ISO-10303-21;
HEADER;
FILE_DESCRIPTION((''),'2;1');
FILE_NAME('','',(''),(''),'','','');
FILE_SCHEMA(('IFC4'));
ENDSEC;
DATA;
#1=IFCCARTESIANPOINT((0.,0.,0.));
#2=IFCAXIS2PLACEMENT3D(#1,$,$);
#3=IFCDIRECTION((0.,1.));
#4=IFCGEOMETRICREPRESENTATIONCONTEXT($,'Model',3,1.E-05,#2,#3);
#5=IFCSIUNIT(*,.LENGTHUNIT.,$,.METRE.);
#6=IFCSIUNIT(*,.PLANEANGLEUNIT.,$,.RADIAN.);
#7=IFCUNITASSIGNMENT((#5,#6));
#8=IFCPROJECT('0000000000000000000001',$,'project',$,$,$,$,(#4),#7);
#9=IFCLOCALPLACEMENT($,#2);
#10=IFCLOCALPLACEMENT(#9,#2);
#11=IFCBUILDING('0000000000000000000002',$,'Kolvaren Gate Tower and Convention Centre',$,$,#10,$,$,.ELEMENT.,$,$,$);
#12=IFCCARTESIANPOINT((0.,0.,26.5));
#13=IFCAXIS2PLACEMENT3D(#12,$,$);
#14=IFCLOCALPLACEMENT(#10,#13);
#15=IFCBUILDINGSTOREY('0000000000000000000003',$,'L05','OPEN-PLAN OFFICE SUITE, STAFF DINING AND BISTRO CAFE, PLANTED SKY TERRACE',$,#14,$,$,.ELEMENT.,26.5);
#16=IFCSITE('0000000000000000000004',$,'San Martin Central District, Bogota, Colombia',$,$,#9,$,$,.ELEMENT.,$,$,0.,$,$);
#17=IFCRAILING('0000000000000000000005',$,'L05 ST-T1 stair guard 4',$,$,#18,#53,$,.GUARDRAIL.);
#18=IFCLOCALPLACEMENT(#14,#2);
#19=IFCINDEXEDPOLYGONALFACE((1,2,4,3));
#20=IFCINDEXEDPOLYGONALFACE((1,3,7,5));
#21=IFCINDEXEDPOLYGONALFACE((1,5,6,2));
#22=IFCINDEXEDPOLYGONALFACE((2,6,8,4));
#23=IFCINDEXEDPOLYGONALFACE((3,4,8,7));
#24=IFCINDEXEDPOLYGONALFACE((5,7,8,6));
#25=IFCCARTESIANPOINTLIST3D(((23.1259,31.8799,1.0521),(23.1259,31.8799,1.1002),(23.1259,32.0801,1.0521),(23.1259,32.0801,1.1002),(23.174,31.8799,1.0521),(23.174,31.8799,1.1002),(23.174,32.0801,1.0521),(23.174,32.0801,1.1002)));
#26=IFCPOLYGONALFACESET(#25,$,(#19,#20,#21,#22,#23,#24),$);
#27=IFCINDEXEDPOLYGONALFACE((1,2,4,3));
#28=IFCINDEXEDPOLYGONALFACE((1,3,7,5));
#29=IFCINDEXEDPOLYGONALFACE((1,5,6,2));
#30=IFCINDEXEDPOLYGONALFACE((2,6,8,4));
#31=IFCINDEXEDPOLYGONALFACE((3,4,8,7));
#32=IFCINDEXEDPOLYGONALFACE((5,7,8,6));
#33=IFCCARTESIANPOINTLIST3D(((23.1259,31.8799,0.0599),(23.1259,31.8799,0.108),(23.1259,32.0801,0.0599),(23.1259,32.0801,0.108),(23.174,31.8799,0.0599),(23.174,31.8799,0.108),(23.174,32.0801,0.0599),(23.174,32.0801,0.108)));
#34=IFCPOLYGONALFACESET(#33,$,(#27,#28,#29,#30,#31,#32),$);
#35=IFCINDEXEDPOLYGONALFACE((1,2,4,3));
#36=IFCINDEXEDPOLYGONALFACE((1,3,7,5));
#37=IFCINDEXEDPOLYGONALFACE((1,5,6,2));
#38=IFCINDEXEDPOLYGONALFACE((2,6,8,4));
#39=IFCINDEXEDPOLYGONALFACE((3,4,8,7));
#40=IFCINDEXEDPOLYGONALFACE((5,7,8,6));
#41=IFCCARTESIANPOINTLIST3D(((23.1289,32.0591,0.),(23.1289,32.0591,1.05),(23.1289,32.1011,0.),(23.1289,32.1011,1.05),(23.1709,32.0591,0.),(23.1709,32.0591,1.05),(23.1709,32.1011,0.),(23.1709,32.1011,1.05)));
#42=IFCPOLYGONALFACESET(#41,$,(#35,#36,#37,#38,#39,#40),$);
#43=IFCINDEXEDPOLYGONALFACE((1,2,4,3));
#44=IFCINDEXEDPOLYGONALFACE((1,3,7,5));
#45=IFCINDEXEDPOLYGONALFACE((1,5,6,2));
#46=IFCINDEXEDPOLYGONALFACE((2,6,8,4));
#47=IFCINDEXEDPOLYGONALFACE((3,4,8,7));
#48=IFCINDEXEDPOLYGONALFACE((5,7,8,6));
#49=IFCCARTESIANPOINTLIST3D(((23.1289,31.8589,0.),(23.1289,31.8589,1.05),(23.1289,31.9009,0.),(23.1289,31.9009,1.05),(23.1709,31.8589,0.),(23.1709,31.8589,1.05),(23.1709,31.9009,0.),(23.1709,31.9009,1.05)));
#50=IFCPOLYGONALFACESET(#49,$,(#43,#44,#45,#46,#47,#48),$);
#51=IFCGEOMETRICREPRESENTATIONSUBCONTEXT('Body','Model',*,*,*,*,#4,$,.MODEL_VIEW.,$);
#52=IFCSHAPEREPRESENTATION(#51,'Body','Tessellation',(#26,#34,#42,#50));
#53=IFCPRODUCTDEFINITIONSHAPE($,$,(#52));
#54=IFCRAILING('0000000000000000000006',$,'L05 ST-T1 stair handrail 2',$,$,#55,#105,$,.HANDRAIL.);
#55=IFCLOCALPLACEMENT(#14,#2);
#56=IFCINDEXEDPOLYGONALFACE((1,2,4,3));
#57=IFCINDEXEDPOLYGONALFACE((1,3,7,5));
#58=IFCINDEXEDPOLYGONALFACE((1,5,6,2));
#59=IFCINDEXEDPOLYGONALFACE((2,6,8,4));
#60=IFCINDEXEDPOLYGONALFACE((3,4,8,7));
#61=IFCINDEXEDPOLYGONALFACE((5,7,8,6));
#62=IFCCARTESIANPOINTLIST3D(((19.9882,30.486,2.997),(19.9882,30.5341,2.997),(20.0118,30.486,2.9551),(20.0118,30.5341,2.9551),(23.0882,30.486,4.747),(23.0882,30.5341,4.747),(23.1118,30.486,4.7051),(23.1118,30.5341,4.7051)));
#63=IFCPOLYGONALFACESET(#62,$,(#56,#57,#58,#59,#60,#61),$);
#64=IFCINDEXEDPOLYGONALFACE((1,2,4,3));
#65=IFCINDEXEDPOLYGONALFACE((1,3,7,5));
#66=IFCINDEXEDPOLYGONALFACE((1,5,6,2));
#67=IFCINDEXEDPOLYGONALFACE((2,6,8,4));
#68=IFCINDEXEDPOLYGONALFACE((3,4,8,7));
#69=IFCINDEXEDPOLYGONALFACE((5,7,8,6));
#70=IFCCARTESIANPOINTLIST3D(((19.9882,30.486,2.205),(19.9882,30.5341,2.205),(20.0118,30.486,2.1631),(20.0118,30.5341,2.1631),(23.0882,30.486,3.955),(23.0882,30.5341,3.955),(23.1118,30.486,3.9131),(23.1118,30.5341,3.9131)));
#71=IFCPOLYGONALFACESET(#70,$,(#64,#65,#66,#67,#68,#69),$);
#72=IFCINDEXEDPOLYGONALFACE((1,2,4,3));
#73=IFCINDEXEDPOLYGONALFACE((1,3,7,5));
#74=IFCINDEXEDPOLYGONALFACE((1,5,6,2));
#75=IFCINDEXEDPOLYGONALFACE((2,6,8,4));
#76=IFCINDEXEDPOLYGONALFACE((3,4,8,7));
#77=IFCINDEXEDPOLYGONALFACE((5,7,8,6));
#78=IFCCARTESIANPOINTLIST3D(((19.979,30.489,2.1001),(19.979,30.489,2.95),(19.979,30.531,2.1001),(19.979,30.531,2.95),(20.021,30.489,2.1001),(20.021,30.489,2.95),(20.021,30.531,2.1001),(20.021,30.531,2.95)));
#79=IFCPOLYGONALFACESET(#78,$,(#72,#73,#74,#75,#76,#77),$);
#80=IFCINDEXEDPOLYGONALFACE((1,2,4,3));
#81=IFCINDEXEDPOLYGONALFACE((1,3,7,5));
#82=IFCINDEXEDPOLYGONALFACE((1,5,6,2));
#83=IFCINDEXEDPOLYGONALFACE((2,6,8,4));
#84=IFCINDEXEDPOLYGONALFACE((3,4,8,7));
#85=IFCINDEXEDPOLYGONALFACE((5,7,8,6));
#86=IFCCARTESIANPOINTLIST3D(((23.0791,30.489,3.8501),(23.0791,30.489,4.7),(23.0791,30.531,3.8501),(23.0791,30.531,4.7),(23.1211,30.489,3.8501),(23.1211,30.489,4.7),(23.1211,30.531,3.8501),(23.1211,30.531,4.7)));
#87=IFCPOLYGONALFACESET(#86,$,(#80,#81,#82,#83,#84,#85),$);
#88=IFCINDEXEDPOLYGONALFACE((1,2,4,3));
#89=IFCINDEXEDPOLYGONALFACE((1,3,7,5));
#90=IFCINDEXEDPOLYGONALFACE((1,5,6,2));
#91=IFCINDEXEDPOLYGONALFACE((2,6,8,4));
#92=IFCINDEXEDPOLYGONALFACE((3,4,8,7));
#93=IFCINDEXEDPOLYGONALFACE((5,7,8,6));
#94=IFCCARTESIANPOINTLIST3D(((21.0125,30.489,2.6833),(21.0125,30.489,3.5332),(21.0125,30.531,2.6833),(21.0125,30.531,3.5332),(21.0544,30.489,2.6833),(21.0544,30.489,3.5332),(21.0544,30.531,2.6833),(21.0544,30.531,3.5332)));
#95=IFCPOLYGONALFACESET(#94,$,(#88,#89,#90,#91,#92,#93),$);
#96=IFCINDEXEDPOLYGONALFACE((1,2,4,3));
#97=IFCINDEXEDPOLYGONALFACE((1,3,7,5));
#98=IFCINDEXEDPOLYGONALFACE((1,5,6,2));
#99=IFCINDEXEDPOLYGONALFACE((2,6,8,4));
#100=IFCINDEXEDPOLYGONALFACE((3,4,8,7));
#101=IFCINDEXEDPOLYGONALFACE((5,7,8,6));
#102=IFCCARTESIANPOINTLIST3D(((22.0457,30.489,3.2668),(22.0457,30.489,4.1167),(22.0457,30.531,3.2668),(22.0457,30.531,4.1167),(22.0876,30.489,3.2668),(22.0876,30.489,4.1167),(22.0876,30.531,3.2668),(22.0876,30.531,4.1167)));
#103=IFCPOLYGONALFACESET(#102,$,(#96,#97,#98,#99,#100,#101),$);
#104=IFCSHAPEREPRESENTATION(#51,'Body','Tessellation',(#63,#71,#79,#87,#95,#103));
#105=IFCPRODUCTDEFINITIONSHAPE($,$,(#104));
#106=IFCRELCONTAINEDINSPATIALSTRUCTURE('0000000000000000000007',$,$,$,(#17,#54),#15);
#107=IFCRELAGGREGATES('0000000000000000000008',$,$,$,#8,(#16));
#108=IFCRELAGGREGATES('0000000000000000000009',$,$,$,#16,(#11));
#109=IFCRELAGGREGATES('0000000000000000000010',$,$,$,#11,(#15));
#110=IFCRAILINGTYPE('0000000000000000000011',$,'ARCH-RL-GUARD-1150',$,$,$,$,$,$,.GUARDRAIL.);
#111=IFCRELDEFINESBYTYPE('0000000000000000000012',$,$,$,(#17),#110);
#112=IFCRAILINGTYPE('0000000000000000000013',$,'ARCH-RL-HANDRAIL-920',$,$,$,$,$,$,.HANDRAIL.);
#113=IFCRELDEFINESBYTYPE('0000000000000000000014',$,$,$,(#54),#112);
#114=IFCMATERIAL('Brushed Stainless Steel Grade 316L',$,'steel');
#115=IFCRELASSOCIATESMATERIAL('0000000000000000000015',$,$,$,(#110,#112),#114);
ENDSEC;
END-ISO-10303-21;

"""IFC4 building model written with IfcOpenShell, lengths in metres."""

from ifc_helpers import new_model, si_unit, direction, frame, origin, origin_2d, place, context, subcontext, project, spatial, rectangle, extrude, material, type_object, element, save


model = new_model("IFC4")

# Units and contexts
model_context = context("Model", 3, precision=1e-05, world=origin(), true_north=direction((0.0, 1.0)))
body_context = subcontext(model_context, "Body", "Model", "MODEL_VIEW")
ifc_project = project(units=[si_unit("LENGTHUNIT", "METRE"), si_unit("PLANEANGLEUNIT", "RADIAN")], contexts=[model_context])

# Site, building, storey
site_placement = place(None, origin())
site = spatial("IfcSite", under=ifc_project, at=site_placement, Name="San Martin Central District, Bogota, Colombia", CompositionType="ELEMENT", RefElevation=0.0)
building_placement = place(site_placement, origin())
building = spatial("IfcBuilding", under=site, at=building_placement, Name="Kolvaren Gate Tower and Convention Centre", CompositionType="ELEMENT")
storey_placement = place(building_placement, frame((0.0, 0.0, 26.5)))
storey = spatial("IfcBuildingStorey", under=building, at=storey_placement, Name="L05", Description="OPEN-PLAN OFFICE SUITE, STAFF DINING AND BISTRO CAFE, PLANTED SKY TERRACE", CompositionType="ELEMENT", Elevation=26.5)

# Shared definitions
ifc_material_1 = material(Name="Brushed Stainless Steel Grade 316L", Category="steel")

# Railings
railing_type_1 = type_object("IfcRailingType", Name="ARCH-RL-GUARD-1150", PredefinedType="GUARDRAIL", material=ifc_material_1)
railing_1_placement = place(storey_placement, frame((23.1499, 32.0801, 0.0)))
element("IfcRailing", 1, at=railing_1_placement, inside=storey, type_object=railing_type_1, Name="L05 ST-T1 stair guard 4", PredefinedType="GUARDRAIL", context=body_context, shape_type="SweptSolid", body=[
    extrude(rectangle(XDim=0.0481, YDim=0.0481, at=origin_2d()), frame((0.0, 0.0, 1.0762), z_axis=(0.0, -1.0, 0.0), x_axis=(1.0, 0.0, 0.0)), (0.0, 0.0, 1.0), 0.2002),
    extrude(rectangle(XDim=0.0481, YDim=0.0481, at=origin_2d()), frame((0.0, 0.0, 0.084), z_axis=(0.0, -1.0, 0.0), x_axis=(1.0, 0.0, 0.0)), (0.0, 0.0, 1.0), 0.2002),
    extrude(rectangle(XDim=0.042, YDim=0.042, at=origin_2d()), origin(), (0.0, 0.0, 1.0), 1.05),
    extrude(rectangle(XDim=0.042, YDim=0.042, at=origin_2d()), frame((0.0, -0.2002, 0.0)), (0.0, 0.0, 1.0), 1.05),
])
railing_type_2 = type_object("IfcRailingType", Name="ARCH-RL-HANDRAIL-920", PredefinedType="HANDRAIL", material=ifc_material_1)
railing_2_placement = place(storey_placement, frame((20.0, 30.51, 2.1001)))
element("IfcRailing", 2, at=railing_2_placement, inside=storey, type_object=railing_type_2, Name="L05 ST-T1 stair handrail 2", PredefinedType="HANDRAIL", context=body_context, shape_type="SweptSolid", body=[
    extrude(rectangle(XDim=0.0481, YDim=0.0481, at=origin_2d()), frame((0.0, 0.0, 0.876), z_axis=(0.870831, 0.0, 0.491583), x_axis=(0.0, 1.0, 0.0)), (0.0, 0.0, 1.0), 3.5598),
    extrude(rectangle(XDim=0.0481, YDim=0.0481, at=origin_2d()), frame((0.0, 0.0, 0.084), z_axis=(0.870831, 0.0, 0.491583), x_axis=(0.0, 1.0, 0.0)), (0.0, 0.0, 1.0), 3.5598),
    extrude(rectangle(XDim=0.042, YDim=0.042, at=origin_2d()), origin(), (0.0, 0.0, 1.0), 0.8499),
    extrude(rectangle(XDim=0.042, YDim=0.042, at=origin_2d()), frame((3.1001, 0.0, 1.75)), (0.0, 0.0, 1.0), 0.8499),
    extrude(rectangle(XDim=0.042, YDim=0.042, at=origin_2d()), frame((1.0334, 0.0, 0.5833)), (0.0, 0.0, 1.0), 0.8499),
    extrude(rectangle(XDim=0.042, YDim=0.042, at=origin_2d()), frame((2.0667, 0.0, 1.1667)), (0.0, 0.0, 1.0), 0.8499),
])

save(model, "model.ifc")
